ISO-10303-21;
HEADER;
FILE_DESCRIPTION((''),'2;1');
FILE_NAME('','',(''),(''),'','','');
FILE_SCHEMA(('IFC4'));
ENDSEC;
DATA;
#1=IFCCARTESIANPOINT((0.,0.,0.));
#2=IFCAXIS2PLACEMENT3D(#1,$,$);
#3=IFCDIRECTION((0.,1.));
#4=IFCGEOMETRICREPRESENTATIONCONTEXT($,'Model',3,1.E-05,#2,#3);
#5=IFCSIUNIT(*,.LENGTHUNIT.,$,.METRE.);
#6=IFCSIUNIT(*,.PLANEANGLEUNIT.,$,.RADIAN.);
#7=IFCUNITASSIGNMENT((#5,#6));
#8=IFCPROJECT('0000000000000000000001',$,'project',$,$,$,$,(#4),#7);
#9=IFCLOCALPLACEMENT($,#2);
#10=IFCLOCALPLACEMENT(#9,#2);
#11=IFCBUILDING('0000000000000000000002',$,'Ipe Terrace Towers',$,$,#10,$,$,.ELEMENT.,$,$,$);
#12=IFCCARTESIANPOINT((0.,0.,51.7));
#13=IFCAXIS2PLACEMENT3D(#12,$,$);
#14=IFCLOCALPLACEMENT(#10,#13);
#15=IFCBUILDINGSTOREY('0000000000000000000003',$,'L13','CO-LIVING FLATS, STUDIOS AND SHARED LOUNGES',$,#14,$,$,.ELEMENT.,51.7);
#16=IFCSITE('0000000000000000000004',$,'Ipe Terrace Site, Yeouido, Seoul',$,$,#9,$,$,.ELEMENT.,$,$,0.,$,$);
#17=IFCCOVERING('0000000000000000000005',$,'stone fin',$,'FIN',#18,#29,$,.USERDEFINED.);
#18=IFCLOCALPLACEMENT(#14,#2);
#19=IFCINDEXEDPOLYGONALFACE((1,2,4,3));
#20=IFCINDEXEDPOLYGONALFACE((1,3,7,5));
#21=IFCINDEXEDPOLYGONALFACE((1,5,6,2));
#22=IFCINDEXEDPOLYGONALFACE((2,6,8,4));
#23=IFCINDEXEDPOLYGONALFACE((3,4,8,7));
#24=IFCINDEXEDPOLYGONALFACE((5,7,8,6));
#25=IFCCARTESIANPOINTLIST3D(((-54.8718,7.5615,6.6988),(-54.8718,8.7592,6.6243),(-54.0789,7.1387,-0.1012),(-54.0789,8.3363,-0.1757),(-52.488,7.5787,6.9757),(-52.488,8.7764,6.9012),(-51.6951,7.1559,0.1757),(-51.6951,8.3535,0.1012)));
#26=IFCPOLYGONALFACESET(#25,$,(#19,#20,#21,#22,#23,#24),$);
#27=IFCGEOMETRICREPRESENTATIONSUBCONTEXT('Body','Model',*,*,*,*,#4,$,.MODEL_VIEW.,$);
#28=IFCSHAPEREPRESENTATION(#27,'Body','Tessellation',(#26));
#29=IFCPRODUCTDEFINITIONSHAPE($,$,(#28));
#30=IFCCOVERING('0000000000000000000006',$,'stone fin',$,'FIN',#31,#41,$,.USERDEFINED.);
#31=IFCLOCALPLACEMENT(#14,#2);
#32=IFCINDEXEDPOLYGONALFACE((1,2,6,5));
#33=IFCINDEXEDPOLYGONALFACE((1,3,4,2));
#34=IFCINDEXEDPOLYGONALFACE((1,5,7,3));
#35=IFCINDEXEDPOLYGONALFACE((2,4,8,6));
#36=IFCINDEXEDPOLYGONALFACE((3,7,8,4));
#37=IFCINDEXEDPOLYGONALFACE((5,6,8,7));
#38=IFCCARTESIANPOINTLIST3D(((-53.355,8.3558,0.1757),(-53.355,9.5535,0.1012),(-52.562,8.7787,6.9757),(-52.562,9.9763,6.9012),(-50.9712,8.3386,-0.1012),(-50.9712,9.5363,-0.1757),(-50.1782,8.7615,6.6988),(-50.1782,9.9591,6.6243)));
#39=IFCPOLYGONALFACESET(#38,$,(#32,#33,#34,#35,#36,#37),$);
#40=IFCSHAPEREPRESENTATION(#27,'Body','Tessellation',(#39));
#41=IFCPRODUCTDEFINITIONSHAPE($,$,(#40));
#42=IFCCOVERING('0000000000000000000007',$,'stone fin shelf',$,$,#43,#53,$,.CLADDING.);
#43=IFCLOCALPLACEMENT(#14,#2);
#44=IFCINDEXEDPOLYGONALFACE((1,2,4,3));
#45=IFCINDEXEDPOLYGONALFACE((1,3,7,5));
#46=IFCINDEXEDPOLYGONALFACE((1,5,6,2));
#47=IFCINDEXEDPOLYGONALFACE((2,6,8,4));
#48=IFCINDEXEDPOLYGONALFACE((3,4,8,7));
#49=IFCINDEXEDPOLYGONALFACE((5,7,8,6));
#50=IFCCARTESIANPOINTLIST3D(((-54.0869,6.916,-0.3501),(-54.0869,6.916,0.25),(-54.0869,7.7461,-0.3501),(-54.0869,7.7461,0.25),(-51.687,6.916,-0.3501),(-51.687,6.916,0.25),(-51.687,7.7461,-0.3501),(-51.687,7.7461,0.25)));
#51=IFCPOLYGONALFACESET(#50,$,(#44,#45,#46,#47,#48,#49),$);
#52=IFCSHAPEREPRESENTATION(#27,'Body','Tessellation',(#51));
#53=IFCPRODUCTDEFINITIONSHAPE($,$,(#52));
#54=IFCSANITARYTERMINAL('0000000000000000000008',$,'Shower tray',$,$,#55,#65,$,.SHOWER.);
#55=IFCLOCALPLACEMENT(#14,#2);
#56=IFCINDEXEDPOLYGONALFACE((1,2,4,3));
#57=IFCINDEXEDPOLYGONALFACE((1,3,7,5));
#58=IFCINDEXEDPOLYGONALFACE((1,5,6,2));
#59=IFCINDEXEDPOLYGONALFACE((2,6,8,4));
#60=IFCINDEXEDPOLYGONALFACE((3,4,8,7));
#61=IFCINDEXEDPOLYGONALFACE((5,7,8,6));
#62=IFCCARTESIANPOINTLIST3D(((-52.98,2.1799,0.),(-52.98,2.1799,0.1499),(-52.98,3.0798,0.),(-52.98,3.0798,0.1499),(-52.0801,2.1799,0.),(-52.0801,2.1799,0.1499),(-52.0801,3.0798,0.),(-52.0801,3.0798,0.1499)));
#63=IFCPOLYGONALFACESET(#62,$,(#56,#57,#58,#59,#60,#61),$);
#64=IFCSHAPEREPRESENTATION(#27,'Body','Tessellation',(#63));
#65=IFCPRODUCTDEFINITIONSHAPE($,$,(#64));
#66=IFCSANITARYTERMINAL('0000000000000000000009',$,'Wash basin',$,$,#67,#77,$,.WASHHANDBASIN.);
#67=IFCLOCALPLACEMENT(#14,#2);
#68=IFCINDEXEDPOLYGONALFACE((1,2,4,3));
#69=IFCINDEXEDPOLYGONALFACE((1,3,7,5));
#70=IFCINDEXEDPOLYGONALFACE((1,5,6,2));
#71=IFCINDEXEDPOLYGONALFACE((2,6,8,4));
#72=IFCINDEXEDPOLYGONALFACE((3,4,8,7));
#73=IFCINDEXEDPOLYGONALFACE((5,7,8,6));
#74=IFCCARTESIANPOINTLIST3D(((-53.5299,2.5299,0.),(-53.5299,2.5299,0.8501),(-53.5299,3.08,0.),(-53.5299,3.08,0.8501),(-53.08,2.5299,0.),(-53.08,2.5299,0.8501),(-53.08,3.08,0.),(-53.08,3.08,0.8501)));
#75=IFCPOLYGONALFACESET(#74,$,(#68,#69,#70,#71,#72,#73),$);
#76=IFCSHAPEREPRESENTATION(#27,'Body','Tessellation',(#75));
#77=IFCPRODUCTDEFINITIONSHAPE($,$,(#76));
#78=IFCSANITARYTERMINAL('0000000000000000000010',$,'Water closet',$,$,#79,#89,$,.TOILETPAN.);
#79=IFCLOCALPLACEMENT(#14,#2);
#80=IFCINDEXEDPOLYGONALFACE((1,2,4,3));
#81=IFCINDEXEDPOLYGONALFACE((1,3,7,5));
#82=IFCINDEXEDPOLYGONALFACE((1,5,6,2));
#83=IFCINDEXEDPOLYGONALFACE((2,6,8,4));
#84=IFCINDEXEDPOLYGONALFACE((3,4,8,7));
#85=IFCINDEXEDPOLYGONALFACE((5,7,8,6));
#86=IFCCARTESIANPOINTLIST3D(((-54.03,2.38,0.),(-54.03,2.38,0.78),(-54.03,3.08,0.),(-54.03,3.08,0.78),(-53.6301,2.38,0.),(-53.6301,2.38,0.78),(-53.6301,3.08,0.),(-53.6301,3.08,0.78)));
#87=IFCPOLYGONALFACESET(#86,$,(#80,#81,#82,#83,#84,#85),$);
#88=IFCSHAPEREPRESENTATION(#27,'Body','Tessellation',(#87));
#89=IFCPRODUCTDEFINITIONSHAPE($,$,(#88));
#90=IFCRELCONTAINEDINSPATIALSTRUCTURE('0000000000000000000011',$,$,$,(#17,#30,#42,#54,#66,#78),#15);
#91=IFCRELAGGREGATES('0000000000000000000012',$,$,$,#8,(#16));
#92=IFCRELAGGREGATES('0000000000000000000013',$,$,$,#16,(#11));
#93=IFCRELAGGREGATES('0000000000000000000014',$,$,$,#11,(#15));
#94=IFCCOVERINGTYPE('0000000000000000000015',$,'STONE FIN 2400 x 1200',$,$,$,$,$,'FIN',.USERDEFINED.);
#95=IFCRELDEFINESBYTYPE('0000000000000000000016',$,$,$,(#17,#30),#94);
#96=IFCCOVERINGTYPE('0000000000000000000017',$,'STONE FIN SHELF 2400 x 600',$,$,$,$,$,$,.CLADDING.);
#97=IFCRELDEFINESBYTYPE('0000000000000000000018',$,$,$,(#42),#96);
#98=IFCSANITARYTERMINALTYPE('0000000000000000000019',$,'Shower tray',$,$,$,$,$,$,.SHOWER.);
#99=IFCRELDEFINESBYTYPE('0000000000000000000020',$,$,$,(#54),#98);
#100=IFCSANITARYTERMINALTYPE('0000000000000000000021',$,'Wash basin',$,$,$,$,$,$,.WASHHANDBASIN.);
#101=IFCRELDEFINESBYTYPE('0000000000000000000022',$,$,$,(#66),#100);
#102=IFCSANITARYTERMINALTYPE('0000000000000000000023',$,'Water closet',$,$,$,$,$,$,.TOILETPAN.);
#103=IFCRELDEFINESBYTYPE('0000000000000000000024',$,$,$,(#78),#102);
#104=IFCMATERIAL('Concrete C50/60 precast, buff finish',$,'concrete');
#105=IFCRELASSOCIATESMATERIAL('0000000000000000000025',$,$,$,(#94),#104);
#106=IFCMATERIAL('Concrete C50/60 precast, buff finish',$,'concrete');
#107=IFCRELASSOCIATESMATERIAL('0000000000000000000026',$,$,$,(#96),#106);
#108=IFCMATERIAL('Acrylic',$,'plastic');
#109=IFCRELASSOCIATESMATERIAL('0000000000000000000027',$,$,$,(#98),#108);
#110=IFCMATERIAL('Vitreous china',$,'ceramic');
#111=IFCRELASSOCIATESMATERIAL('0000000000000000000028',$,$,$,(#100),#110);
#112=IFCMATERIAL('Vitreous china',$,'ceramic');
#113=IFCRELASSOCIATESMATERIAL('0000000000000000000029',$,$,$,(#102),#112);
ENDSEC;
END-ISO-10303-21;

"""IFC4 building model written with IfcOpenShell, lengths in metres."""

from ifc_helpers import new_model, si_unit, direction, frame, origin, origin_2d, place, context, subcontext, project, spatial, rectangle, extrude, material, material_profile, profile_set, type_object, element, save


model = new_model("IFC4")

# Units and contexts
model_context = context("Model", 3, precision=1e-05, world=origin(), true_north=direction((0.0, 1.0)))
body_context = subcontext(model_context, "Body", "Model", "MODEL_VIEW")
ifc_project = project(units=[si_unit("LENGTHUNIT", "METRE"), si_unit("PLANEANGLEUNIT", "RADIAN")], contexts=[model_context])

# Site, building, storey
site_placement = place(None, origin())
site = spatial("IfcSite", under=ifc_project, at=site_placement, Name="Ipe Terrace Site, Yeouido, Seoul", CompositionType="ELEMENT", RefElevation=0.0)
building_placement = place(site_placement, origin())
building = spatial("IfcBuilding", under=site, at=building_placement, Name="Ipe Terrace Towers", CompositionType="ELEMENT")
storey_placement = place(building_placement, frame((0.0, 0.0, 51.7)))
storey = spatial("IfcBuildingStorey", under=building, at=storey_placement, Name="L13", Description="CO-LIVING FLATS, STUDIOS AND SHARED LOUNGES", CompositionType="ELEMENT", Elevation=51.7)

# Coverings
ifc_material_1 = material(Name="Concrete C50/60 precast, buff finish", Category="concrete")
ifc_material_profile_1 = material_profile(ifc_material_1, rectangle(XDim=2.3999, YDim=1.2, at=origin_2d()), Name="STONE FIN 2400 x 1200")
ifc_profile_set_1 = profile_set([ifc_material_profile_1], Name="Concrete C50/60 precast, buff finish")
covering_type_1 = type_object("IfcCoveringType", Name="STONE FIN 2400 x 1200", ElementType="FIN", PredefinedType="USERDEFINED", material=ifc_profile_set_1)
for number, where, z_axis, x_axis, name in (
    (1, (-52.887, 7.7461, 0.0), (-0.115607, 0.061648, 0.99138), (-0.993295, -0.007175, -0.115384), "stone fin"),
    (2, (-52.1631, 8.946, 0.0), (0.115607, 0.061648, 0.99138), (-0.993295, 0.007175, 0.115384), "stone fin"),
):
    element("IfcCovering", number, at=place(storey_placement, frame(where, z_axis=z_axis, x_axis=x_axis)), inside=storey, type_object=covering_type_1, Name=name, ObjectType="FIN", PredefinedType="USERDEFINED", context=body_context, shape_type="SweptSolid", body=[
        extrude(rectangle(XDim=2.3999, YDim=1.2, at=origin_2d()), origin(), (0.0, 0.0, 1.0), 6.8591),
    ])
ifc_material_2 = material(Name="Concrete C50/60 precast, buff finish", Category="concrete")
covering_type_2 = type_object("IfcCoveringType", Name="STONE FIN SHELF 2400 x 600", PredefinedType="CLADDING", material=ifc_material_2)
covering_1_placement = place(storey_placement, frame((-52.887, 7.3311, -0.3501), z_axis=(0.0, 0.0, 1.0), x_axis=(-1.0, 0.0, 0.0)))
element("IfcCovering", 3, at=covering_1_placement, inside=storey, type_object=covering_type_2, Name="stone fin shelf", PredefinedType="CLADDING", context=body_context, shape_type="SweptSolid", body=[
    extrude(rectangle(XDim=2.3999, YDim=0.8301, at=origin_2d()), origin(), (0.0, 0.0, 1.0), 0.6001),
])

# Sanitary terminals
ifc_material_3 = material(Name="Acrylic", Category="plastic")
sanitary_terminal_type_1 = type_object("IfcSanitaryTerminalType", Name="Shower tray", PredefinedType="SHOWER", material=ifc_material_3)
sanitary_terminal_1_placement = place(storey_placement, frame((-52.53, 2.6299, 0.0), z_axis=(0.0, 0.0, 1.0), x_axis=(0.0, -1.0, 0.0)))
element("IfcSanitaryTerminal", 4, at=sanitary_terminal_1_placement, inside=storey, type_object=sanitary_terminal_type_1, Name="Shower tray", PredefinedType="SHOWER", context=body_context, shape_type="SweptSolid", body=[
    extrude(rectangle(XDim=0.8999, YDim=0.8999, at=origin_2d()), origin(), (0.0, 0.0, 1.0), 0.1499),
])
ifc_material_4 = material(Name="Vitreous china", Category="ceramic")
sanitary_terminal_type_2 = type_object("IfcSanitaryTerminalType", Name="Wash basin", PredefinedType="WASHHANDBASIN", material=ifc_material_4)
sanitary_terminal_2_placement = place(storey_placement, frame((-53.3049, 2.8049, 0.0), z_axis=(0.0, 0.0, 1.0), x_axis=(0.0, -1.0, 0.0)))
element("IfcSanitaryTerminal", 5, at=sanitary_terminal_2_placement, inside=storey, type_object=sanitary_terminal_type_2, Name="Wash basin", PredefinedType="WASHHANDBASIN", context=body_context, shape_type="SweptSolid", body=[
    extrude(rectangle(XDim=0.55, YDim=0.45, at=origin_2d()), origin(), (0.0, 0.0, 1.0), 0.8501),
])
ifc_material_5 = material(Name="Vitreous china", Category="ceramic")
sanitary_terminal_type_3 = type_object("IfcSanitaryTerminalType", Name="Water closet", PredefinedType="TOILETPAN", material=ifc_material_5)
sanitary_terminal_3_placement = place(storey_placement, frame((-53.8301, 2.73, 0.0), z_axis=(0.0, 0.0, 1.0), x_axis=(0.0, -1.0, 0.0)))
element("IfcSanitaryTerminal", 6, at=sanitary_terminal_3_placement, inside=storey, type_object=sanitary_terminal_type_3, Name="Water closet", PredefinedType="TOILETPAN", context=body_context, shape_type="SweptSolid", body=[
    extrude(rectangle(XDim=0.7, YDim=0.3999, at=origin_2d()), origin(), (0.0, 0.0, 1.0), 0.78),
])

save(model, "model.ifc")
